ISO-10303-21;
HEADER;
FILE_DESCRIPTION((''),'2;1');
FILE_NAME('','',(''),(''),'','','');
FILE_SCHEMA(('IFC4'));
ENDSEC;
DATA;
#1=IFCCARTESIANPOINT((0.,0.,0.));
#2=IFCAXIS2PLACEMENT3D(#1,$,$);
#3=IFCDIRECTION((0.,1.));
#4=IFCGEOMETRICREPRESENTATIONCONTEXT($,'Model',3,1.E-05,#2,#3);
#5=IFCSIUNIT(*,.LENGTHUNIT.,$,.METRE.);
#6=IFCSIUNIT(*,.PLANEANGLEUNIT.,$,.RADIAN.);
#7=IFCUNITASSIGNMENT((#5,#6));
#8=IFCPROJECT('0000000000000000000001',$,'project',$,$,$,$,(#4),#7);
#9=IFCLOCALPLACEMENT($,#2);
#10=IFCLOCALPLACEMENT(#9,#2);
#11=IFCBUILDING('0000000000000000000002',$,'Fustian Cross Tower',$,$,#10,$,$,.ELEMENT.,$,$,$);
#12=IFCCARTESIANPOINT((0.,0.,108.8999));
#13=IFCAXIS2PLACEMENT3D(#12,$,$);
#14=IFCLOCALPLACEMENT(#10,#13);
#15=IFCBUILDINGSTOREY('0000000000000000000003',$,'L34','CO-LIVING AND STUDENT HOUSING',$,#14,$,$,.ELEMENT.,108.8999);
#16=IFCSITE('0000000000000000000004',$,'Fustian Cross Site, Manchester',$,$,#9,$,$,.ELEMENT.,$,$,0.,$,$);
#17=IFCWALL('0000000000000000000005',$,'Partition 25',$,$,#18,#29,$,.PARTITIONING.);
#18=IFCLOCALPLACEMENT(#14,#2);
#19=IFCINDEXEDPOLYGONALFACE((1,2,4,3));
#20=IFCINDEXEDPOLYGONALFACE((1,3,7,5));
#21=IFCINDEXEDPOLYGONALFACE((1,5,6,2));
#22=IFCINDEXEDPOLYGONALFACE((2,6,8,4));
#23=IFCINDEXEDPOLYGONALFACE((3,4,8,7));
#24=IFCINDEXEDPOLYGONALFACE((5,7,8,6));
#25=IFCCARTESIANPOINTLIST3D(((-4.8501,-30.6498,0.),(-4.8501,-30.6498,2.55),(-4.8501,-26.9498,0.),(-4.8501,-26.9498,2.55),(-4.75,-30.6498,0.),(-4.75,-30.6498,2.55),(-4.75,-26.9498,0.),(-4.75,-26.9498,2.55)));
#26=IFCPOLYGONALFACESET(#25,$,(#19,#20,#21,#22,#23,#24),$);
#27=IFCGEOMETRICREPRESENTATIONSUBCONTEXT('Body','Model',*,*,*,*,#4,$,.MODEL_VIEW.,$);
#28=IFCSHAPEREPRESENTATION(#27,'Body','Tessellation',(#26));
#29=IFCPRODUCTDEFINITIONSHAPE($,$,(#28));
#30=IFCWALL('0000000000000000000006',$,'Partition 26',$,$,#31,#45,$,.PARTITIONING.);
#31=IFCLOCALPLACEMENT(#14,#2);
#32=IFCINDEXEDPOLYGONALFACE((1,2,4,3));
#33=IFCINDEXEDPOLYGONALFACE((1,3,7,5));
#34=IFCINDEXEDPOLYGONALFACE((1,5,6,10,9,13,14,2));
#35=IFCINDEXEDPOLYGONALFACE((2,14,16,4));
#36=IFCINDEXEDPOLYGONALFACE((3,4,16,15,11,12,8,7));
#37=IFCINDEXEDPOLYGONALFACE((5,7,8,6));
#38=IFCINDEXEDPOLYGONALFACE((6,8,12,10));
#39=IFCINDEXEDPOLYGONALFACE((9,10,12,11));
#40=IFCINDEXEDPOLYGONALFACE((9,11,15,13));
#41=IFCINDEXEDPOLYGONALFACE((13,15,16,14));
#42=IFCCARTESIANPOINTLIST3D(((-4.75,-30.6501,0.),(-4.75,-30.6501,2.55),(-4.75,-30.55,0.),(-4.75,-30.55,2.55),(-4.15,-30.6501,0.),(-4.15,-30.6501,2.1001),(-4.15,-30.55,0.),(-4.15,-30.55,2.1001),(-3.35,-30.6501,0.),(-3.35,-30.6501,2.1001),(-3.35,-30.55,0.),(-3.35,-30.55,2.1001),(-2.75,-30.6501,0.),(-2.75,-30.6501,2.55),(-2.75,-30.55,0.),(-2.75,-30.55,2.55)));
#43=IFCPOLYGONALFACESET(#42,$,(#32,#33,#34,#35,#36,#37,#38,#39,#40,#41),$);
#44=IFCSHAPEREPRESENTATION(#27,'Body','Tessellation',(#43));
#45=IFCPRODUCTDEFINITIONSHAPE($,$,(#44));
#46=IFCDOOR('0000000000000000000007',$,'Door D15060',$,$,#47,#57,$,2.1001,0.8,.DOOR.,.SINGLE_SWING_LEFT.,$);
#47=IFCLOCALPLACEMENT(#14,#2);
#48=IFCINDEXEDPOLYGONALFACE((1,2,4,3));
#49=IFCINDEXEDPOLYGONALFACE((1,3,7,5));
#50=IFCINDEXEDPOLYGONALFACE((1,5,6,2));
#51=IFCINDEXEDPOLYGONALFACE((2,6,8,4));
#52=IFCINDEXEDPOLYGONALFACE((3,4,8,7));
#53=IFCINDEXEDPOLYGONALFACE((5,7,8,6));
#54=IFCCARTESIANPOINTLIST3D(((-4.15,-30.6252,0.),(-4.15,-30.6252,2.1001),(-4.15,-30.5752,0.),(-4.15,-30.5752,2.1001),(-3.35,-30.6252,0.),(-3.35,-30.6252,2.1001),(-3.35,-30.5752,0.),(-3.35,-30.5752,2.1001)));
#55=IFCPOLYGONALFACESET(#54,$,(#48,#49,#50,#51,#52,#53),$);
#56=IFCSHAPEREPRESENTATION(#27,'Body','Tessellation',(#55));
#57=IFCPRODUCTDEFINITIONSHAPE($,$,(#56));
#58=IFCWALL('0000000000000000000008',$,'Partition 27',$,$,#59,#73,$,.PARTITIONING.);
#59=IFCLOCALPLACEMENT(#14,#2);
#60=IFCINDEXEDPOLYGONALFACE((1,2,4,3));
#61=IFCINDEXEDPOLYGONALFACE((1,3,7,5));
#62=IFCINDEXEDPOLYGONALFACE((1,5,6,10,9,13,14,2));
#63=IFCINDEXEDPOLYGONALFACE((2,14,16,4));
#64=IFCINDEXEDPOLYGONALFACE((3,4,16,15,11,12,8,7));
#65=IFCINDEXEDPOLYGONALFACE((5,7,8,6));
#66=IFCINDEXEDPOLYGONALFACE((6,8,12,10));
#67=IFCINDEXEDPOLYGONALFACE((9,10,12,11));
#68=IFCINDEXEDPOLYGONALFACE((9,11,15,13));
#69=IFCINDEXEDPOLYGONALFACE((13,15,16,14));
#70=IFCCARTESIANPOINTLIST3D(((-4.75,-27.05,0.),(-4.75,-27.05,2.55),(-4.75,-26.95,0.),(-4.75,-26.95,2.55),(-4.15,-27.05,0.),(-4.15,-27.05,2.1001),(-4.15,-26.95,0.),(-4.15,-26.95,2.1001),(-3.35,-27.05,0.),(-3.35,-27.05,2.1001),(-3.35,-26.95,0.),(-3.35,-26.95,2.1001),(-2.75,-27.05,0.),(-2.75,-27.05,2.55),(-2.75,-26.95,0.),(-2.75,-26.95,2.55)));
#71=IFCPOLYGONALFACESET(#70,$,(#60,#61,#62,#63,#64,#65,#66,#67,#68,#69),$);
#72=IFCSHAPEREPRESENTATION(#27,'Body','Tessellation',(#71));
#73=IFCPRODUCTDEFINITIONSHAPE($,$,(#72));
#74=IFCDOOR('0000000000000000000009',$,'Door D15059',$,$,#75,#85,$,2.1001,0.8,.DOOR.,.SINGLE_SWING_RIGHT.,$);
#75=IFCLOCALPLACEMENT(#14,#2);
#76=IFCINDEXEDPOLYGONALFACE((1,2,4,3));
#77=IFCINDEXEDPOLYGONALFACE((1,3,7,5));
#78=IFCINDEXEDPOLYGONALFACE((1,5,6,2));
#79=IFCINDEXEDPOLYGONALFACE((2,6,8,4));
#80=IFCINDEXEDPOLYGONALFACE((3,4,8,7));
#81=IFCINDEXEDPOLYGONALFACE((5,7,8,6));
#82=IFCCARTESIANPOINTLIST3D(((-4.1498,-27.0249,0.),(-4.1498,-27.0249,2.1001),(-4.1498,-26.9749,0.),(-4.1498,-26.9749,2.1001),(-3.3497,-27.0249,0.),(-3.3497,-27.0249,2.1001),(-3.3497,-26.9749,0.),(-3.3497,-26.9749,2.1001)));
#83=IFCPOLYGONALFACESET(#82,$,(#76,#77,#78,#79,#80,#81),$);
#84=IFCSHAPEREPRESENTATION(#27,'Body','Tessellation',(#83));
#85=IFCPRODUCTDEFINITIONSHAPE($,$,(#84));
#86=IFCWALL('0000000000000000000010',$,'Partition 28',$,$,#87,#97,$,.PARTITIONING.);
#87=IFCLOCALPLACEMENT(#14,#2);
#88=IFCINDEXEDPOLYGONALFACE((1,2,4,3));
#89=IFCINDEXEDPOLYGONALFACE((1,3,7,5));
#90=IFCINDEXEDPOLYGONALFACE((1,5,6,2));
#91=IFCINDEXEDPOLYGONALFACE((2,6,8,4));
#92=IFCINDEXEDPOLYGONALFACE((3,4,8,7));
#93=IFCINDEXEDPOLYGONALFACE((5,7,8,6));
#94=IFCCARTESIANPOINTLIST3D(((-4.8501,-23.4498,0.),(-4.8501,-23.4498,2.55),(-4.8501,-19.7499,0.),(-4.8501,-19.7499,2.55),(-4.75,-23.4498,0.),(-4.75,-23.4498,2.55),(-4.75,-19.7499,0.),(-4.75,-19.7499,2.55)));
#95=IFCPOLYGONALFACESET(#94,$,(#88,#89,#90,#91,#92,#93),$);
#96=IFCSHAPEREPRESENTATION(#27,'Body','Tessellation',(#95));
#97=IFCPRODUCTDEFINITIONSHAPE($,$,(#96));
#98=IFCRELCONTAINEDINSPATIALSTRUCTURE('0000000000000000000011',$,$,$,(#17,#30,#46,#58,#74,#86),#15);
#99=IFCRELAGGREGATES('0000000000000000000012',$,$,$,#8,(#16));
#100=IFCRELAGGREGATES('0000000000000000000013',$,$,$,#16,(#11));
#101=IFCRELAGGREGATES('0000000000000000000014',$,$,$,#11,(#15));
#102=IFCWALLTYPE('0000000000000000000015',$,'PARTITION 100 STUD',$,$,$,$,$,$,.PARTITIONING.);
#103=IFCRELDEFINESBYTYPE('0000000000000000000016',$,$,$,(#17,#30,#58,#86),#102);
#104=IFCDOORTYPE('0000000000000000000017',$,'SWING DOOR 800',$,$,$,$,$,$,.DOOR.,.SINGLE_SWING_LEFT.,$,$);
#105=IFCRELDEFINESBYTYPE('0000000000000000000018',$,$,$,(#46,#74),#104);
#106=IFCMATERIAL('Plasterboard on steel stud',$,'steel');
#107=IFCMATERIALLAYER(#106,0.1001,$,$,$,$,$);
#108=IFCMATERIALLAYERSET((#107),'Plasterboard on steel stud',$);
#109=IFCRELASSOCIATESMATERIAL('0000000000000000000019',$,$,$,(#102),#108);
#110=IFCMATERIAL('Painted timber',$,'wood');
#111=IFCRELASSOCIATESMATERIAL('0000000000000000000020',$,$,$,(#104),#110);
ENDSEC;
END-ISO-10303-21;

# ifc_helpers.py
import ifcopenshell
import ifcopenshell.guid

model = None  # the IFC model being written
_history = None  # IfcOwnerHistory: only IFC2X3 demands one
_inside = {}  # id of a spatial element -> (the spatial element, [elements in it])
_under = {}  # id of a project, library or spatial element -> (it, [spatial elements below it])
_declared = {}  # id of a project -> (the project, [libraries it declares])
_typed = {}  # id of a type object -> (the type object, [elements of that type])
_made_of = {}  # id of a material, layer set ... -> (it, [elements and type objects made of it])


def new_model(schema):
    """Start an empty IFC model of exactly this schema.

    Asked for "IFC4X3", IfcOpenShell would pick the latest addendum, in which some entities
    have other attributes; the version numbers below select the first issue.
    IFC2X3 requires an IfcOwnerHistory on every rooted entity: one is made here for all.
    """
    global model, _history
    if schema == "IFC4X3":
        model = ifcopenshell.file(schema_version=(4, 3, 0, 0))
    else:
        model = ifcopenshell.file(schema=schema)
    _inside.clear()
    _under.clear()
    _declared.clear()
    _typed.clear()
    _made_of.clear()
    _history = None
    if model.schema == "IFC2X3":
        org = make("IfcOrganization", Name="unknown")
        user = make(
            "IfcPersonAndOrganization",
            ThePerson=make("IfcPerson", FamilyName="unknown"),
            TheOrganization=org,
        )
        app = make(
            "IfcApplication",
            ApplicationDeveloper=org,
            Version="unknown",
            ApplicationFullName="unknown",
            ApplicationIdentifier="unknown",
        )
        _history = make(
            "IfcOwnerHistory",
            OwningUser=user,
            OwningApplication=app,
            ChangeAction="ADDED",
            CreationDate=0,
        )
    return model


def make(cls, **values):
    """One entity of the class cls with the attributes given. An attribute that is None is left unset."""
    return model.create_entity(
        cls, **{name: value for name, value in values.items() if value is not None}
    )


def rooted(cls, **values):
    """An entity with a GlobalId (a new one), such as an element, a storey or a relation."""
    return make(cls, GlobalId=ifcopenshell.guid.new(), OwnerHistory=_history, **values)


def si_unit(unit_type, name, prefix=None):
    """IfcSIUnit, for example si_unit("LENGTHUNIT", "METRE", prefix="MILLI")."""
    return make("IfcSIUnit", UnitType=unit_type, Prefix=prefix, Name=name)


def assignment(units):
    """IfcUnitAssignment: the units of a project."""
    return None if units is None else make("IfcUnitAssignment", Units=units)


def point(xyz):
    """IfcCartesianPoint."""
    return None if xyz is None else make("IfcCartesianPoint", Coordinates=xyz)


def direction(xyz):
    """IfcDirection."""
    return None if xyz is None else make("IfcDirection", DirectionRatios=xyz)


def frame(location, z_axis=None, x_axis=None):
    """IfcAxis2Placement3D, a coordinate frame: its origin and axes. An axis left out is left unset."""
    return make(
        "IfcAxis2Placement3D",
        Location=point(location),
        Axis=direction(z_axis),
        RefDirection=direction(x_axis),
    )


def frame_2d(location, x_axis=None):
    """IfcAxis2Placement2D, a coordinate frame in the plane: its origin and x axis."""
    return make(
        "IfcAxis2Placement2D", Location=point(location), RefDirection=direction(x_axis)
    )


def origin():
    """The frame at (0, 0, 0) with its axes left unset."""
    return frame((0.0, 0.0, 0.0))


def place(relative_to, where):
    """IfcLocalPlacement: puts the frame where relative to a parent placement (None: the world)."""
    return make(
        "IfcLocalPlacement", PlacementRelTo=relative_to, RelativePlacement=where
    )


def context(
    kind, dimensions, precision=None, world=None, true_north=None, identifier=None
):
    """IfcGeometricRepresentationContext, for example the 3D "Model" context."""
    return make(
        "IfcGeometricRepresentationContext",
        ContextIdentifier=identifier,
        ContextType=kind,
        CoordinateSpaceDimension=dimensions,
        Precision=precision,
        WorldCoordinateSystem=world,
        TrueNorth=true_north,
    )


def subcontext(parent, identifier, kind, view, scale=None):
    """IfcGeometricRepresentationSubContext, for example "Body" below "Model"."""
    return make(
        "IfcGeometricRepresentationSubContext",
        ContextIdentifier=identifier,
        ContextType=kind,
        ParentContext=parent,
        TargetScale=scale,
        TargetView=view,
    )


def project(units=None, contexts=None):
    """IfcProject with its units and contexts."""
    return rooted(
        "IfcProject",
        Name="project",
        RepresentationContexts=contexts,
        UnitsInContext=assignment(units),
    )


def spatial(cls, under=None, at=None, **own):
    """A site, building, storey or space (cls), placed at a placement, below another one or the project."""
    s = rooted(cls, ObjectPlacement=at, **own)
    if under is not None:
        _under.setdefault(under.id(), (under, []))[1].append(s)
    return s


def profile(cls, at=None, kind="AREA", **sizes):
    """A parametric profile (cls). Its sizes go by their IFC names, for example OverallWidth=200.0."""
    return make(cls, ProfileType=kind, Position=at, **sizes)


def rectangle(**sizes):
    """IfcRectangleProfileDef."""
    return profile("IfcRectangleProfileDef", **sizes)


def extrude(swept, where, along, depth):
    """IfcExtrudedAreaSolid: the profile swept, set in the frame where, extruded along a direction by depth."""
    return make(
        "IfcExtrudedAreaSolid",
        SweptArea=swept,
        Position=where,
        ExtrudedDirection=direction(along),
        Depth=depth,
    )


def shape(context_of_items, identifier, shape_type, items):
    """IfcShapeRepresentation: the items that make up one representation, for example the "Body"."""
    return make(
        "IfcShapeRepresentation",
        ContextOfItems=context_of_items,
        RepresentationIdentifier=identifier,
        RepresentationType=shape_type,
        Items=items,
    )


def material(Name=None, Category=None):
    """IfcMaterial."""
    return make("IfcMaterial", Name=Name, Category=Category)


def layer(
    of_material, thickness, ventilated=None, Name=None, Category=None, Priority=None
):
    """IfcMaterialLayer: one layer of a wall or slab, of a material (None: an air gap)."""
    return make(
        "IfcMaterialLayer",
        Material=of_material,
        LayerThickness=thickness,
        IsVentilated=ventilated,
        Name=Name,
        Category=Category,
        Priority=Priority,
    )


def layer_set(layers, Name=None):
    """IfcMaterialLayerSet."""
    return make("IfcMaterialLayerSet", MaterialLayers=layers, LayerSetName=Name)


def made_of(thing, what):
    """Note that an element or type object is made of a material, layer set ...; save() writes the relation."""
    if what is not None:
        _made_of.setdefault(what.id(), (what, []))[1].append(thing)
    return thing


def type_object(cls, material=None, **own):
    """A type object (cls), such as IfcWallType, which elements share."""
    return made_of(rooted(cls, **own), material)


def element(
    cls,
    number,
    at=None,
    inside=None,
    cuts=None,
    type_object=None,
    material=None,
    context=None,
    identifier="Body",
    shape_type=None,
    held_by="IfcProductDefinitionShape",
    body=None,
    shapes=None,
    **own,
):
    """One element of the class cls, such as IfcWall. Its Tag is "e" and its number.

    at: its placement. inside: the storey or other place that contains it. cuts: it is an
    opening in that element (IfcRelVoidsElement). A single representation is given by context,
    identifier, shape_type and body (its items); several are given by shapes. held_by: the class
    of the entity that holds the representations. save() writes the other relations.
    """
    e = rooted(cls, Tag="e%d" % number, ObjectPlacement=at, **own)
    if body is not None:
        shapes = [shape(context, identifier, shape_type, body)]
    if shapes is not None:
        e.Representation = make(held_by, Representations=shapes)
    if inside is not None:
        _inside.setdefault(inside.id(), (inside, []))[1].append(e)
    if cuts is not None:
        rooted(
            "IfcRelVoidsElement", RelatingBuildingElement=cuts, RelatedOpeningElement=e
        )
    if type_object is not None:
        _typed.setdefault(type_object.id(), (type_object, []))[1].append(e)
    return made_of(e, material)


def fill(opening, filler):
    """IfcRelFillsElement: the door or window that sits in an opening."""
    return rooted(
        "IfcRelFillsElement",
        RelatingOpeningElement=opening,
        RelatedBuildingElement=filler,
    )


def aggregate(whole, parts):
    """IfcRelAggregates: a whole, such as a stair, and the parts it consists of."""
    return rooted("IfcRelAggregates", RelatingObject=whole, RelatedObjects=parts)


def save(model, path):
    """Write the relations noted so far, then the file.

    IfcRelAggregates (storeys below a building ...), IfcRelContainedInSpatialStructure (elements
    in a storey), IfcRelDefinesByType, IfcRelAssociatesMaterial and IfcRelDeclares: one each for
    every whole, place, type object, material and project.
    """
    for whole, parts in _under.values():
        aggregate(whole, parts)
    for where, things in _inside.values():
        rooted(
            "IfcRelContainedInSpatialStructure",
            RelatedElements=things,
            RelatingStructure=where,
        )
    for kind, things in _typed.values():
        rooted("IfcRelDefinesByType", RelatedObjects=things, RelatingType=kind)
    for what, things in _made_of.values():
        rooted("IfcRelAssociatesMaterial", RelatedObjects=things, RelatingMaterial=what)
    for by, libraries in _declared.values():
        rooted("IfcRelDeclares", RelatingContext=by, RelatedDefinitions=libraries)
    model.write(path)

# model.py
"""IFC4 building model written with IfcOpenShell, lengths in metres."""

from ifc_helpers import new_model, si_unit, direction, frame, frame_2d, origin, place, context, subcontext, project, spatial, rectangle, extrude, material, layer, layer_set, type_object, element, fill, save


model = new_model("IFC4")

# Units and contexts
model_context = context("Model", 3, precision=1e-05, world=origin(), true_north=direction((0.0, 1.0)))
body_context = subcontext(model_context, "Body", "Model", "MODEL_VIEW")
ifc_project = project(units=[si_unit("LENGTHUNIT", "METRE"), si_unit("PLANEANGLEUNIT", "RADIAN")], contexts=[model_context])

# Site, building, storey
site_placement = place(None, origin())
site = spatial("IfcSite", under=ifc_project, at=site_placement, Name="Fustian Cross Site, Manchester", CompositionType="ELEMENT", RefElevation=0.0)
building_placement = place(site_placement, origin())
building = spatial("IfcBuilding", under=site, at=building_placement, Name="Fustian Cross Tower", CompositionType="ELEMENT")
storey_placement = place(building_placement, frame((0.0, 0.0, 108.8999)))
storey = spatial("IfcBuildingStorey", under=building, at=storey_placement, Name="L34", Description="CO-LIVING AND STUDENT HOUSING", CompositionType="ELEMENT", Elevation=108.8999)

# Shared definitions
ifc_material_1 = material(Name="Plasterboard on steel stud", Category="steel")
ifc_layer_1 = layer(ifc_material_1, 0.1001)
ifc_layer_set_1 = layer_set([ifc_layer_1], Name="Plasterboard on steel stud")
wall_type_1 = type_object("IfcWallType", Name="PARTITION 100 STUD", PredefinedType="PARTITIONING", material=ifc_layer_set_1)
ifc_material_2 = material(Name="Painted timber", Category="wood")
door_type_1 = type_object("IfcDoorType", Name="SWING DOOR 800", OperationType="SINGLE_SWING_LEFT", PredefinedType="DOOR", material=ifc_material_2)

# Wall
wall_1_placement = place(storey_placement, frame((-4.8, -30.6499, 0.0), z_axis=(0.0, 0.0, 1.0), x_axis=(0.0, 1.0, 0.0)))
element("IfcWall", 1, at=wall_1_placement, inside=storey, type_object=wall_type_1, Name="Partition 25", PredefinedType="PARTITIONING", context=body_context, shape_type="SweptSolid", body=[
    extrude(rectangle(XDim=3.7, YDim=0.1001, at=frame_2d((1.8501, 0.0))), origin(), (0.0, 0.0, 1.0), 2.55),
])

# Walls, openings, doors
wall_2_placement = place(storey_placement, frame((-4.75, -30.6001, 0.0), z_axis=(0.0, 0.0, 1.0), x_axis=(1.0, 0.0, 0.0)))
wall_2 = element("IfcWall", 2, at=wall_2_placement, inside=storey, type_object=wall_type_1, Name="Partition 26", PredefinedType="PARTITIONING", context=body_context, shape_type="SweptSolid", body=[
    extrude(rectangle(XDim=2.0, YDim=0.1001, at=frame_2d((1.0, 0.0))), origin(), (0.0, 0.0, 1.0), 2.55),
])
opening_1_placement = place(wall_2_placement, frame((0.6001, 0.0, 0.0)))
opening_1 = element("IfcOpeningElement", 3, at=opening_1_placement, cuts=wall_2, PredefinedType="OPENING", context=body_context, shape_type="SweptSolid", body=[
    extrude(rectangle(XDim=0.8, YDim=2.1001, at=frame_2d((0.3999, 1.05))), frame((0.0, 0.0601, 0.0), z_axis=(0.0, -1.0, 0.0), x_axis=(1.0, 0.0, 0.0)), (0.0, 0.0, 1.0), 0.1201),
])
door_1_placement = place(opening_1_placement, origin())
door_1 = element("IfcDoor", 4, at=door_1_placement, inside=storey, type_object=door_type_1, Name="Door D15060", OperationType="SINGLE_SWING_LEFT", OverallHeight=2.1001, OverallWidth=0.8, PredefinedType="DOOR", context=body_context, shape_type="SweptSolid", body=[
    extrude(rectangle(XDim=0.8, YDim=2.1001, at=frame_2d((0.3999, 1.05))), frame((0.0, 0.0249, 0.0), z_axis=(0.0, -1.0, 0.0), x_axis=(1.0, 0.0, 0.0)), (0.0, 0.0, 1.0), 0.05),
])
fill(opening_1, door_1)
wall_3_placement = place(storey_placement, frame((-4.75, -27.0, 0.0), z_axis=(0.0, 0.0, 1.0), x_axis=(1.0, 0.0, 0.0)))
wall_3 = element("IfcWall", 5, at=wall_3_placement, inside=storey, type_object=wall_type_1, Name="Partition 27", PredefinedType="PARTITIONING", context=body_context, shape_type="SweptSolid", body=[
    extrude(rectangle(XDim=2.0, YDim=0.1001, at=frame_2d((1.0, 0.0))), origin(), (0.0, 0.0, 1.0), 2.55),
])
opening_2_placement = place(wall_3_placement, frame((0.6001, 0.0, 0.0)))
opening_2 = element("IfcOpeningElement", 6, at=opening_2_placement, cuts=wall_3, PredefinedType="OPENING", context=body_context, shape_type="SweptSolid", body=[
    extrude(rectangle(XDim=0.8, YDim=2.1001, at=frame_2d((0.3999, 1.05))), frame((0.0, 0.0601, 0.0), z_axis=(0.0, -1.0, 0.0), x_axis=(1.0, 0.0, 0.0)), (0.0, 0.0, 1.0), 0.1201),
])
door_2_placement = place(opening_2_placement, frame((0.8, 0.0, 0.0), z_axis=(0.0, 0.0, 1.0), x_axis=(-1.0, 0.0, 0.0)))
door_2 = element("IfcDoor", 7, at=door_2_placement, inside=storey, type_object=door_type_1, Name="Door D15059", OperationType="SINGLE_SWING_RIGHT", OverallHeight=2.1001, OverallWidth=0.8, PredefinedType="DOOR", context=body_context, shape_type="SweptSolid", body=[
    extrude(rectangle(XDim=0.8, YDim=2.1001, at=frame_2d((0.3999, 1.05))), frame((0.0, 0.0249, 0.0), z_axis=(0.0, -1.0, 0.0), x_axis=(1.0, 0.0, 0.0)), (0.0, 0.0, 1.0), 0.05),
])
fill(opening_2, door_2)

# Wall
wall_4_placement = place(storey_placement, frame((-4.8, -23.45, 0.0), z_axis=(0.0, 0.0, 1.0), x_axis=(0.0, 1.0, 0.0)))
element("IfcWall", 8, at=wall_4_placement, inside=storey, type_object=wall_type_1, Name="Partition 28", PredefinedType="PARTITIONING", context=body_context, shape_type="SweptSolid", body=[
    extrude(rectangle(XDim=3.7, YDim=0.1001, at=frame_2d((1.8501, 0.0))), origin(), (0.0, 0.0, 1.0), 2.55),
])

save(model, "model.ifc")
